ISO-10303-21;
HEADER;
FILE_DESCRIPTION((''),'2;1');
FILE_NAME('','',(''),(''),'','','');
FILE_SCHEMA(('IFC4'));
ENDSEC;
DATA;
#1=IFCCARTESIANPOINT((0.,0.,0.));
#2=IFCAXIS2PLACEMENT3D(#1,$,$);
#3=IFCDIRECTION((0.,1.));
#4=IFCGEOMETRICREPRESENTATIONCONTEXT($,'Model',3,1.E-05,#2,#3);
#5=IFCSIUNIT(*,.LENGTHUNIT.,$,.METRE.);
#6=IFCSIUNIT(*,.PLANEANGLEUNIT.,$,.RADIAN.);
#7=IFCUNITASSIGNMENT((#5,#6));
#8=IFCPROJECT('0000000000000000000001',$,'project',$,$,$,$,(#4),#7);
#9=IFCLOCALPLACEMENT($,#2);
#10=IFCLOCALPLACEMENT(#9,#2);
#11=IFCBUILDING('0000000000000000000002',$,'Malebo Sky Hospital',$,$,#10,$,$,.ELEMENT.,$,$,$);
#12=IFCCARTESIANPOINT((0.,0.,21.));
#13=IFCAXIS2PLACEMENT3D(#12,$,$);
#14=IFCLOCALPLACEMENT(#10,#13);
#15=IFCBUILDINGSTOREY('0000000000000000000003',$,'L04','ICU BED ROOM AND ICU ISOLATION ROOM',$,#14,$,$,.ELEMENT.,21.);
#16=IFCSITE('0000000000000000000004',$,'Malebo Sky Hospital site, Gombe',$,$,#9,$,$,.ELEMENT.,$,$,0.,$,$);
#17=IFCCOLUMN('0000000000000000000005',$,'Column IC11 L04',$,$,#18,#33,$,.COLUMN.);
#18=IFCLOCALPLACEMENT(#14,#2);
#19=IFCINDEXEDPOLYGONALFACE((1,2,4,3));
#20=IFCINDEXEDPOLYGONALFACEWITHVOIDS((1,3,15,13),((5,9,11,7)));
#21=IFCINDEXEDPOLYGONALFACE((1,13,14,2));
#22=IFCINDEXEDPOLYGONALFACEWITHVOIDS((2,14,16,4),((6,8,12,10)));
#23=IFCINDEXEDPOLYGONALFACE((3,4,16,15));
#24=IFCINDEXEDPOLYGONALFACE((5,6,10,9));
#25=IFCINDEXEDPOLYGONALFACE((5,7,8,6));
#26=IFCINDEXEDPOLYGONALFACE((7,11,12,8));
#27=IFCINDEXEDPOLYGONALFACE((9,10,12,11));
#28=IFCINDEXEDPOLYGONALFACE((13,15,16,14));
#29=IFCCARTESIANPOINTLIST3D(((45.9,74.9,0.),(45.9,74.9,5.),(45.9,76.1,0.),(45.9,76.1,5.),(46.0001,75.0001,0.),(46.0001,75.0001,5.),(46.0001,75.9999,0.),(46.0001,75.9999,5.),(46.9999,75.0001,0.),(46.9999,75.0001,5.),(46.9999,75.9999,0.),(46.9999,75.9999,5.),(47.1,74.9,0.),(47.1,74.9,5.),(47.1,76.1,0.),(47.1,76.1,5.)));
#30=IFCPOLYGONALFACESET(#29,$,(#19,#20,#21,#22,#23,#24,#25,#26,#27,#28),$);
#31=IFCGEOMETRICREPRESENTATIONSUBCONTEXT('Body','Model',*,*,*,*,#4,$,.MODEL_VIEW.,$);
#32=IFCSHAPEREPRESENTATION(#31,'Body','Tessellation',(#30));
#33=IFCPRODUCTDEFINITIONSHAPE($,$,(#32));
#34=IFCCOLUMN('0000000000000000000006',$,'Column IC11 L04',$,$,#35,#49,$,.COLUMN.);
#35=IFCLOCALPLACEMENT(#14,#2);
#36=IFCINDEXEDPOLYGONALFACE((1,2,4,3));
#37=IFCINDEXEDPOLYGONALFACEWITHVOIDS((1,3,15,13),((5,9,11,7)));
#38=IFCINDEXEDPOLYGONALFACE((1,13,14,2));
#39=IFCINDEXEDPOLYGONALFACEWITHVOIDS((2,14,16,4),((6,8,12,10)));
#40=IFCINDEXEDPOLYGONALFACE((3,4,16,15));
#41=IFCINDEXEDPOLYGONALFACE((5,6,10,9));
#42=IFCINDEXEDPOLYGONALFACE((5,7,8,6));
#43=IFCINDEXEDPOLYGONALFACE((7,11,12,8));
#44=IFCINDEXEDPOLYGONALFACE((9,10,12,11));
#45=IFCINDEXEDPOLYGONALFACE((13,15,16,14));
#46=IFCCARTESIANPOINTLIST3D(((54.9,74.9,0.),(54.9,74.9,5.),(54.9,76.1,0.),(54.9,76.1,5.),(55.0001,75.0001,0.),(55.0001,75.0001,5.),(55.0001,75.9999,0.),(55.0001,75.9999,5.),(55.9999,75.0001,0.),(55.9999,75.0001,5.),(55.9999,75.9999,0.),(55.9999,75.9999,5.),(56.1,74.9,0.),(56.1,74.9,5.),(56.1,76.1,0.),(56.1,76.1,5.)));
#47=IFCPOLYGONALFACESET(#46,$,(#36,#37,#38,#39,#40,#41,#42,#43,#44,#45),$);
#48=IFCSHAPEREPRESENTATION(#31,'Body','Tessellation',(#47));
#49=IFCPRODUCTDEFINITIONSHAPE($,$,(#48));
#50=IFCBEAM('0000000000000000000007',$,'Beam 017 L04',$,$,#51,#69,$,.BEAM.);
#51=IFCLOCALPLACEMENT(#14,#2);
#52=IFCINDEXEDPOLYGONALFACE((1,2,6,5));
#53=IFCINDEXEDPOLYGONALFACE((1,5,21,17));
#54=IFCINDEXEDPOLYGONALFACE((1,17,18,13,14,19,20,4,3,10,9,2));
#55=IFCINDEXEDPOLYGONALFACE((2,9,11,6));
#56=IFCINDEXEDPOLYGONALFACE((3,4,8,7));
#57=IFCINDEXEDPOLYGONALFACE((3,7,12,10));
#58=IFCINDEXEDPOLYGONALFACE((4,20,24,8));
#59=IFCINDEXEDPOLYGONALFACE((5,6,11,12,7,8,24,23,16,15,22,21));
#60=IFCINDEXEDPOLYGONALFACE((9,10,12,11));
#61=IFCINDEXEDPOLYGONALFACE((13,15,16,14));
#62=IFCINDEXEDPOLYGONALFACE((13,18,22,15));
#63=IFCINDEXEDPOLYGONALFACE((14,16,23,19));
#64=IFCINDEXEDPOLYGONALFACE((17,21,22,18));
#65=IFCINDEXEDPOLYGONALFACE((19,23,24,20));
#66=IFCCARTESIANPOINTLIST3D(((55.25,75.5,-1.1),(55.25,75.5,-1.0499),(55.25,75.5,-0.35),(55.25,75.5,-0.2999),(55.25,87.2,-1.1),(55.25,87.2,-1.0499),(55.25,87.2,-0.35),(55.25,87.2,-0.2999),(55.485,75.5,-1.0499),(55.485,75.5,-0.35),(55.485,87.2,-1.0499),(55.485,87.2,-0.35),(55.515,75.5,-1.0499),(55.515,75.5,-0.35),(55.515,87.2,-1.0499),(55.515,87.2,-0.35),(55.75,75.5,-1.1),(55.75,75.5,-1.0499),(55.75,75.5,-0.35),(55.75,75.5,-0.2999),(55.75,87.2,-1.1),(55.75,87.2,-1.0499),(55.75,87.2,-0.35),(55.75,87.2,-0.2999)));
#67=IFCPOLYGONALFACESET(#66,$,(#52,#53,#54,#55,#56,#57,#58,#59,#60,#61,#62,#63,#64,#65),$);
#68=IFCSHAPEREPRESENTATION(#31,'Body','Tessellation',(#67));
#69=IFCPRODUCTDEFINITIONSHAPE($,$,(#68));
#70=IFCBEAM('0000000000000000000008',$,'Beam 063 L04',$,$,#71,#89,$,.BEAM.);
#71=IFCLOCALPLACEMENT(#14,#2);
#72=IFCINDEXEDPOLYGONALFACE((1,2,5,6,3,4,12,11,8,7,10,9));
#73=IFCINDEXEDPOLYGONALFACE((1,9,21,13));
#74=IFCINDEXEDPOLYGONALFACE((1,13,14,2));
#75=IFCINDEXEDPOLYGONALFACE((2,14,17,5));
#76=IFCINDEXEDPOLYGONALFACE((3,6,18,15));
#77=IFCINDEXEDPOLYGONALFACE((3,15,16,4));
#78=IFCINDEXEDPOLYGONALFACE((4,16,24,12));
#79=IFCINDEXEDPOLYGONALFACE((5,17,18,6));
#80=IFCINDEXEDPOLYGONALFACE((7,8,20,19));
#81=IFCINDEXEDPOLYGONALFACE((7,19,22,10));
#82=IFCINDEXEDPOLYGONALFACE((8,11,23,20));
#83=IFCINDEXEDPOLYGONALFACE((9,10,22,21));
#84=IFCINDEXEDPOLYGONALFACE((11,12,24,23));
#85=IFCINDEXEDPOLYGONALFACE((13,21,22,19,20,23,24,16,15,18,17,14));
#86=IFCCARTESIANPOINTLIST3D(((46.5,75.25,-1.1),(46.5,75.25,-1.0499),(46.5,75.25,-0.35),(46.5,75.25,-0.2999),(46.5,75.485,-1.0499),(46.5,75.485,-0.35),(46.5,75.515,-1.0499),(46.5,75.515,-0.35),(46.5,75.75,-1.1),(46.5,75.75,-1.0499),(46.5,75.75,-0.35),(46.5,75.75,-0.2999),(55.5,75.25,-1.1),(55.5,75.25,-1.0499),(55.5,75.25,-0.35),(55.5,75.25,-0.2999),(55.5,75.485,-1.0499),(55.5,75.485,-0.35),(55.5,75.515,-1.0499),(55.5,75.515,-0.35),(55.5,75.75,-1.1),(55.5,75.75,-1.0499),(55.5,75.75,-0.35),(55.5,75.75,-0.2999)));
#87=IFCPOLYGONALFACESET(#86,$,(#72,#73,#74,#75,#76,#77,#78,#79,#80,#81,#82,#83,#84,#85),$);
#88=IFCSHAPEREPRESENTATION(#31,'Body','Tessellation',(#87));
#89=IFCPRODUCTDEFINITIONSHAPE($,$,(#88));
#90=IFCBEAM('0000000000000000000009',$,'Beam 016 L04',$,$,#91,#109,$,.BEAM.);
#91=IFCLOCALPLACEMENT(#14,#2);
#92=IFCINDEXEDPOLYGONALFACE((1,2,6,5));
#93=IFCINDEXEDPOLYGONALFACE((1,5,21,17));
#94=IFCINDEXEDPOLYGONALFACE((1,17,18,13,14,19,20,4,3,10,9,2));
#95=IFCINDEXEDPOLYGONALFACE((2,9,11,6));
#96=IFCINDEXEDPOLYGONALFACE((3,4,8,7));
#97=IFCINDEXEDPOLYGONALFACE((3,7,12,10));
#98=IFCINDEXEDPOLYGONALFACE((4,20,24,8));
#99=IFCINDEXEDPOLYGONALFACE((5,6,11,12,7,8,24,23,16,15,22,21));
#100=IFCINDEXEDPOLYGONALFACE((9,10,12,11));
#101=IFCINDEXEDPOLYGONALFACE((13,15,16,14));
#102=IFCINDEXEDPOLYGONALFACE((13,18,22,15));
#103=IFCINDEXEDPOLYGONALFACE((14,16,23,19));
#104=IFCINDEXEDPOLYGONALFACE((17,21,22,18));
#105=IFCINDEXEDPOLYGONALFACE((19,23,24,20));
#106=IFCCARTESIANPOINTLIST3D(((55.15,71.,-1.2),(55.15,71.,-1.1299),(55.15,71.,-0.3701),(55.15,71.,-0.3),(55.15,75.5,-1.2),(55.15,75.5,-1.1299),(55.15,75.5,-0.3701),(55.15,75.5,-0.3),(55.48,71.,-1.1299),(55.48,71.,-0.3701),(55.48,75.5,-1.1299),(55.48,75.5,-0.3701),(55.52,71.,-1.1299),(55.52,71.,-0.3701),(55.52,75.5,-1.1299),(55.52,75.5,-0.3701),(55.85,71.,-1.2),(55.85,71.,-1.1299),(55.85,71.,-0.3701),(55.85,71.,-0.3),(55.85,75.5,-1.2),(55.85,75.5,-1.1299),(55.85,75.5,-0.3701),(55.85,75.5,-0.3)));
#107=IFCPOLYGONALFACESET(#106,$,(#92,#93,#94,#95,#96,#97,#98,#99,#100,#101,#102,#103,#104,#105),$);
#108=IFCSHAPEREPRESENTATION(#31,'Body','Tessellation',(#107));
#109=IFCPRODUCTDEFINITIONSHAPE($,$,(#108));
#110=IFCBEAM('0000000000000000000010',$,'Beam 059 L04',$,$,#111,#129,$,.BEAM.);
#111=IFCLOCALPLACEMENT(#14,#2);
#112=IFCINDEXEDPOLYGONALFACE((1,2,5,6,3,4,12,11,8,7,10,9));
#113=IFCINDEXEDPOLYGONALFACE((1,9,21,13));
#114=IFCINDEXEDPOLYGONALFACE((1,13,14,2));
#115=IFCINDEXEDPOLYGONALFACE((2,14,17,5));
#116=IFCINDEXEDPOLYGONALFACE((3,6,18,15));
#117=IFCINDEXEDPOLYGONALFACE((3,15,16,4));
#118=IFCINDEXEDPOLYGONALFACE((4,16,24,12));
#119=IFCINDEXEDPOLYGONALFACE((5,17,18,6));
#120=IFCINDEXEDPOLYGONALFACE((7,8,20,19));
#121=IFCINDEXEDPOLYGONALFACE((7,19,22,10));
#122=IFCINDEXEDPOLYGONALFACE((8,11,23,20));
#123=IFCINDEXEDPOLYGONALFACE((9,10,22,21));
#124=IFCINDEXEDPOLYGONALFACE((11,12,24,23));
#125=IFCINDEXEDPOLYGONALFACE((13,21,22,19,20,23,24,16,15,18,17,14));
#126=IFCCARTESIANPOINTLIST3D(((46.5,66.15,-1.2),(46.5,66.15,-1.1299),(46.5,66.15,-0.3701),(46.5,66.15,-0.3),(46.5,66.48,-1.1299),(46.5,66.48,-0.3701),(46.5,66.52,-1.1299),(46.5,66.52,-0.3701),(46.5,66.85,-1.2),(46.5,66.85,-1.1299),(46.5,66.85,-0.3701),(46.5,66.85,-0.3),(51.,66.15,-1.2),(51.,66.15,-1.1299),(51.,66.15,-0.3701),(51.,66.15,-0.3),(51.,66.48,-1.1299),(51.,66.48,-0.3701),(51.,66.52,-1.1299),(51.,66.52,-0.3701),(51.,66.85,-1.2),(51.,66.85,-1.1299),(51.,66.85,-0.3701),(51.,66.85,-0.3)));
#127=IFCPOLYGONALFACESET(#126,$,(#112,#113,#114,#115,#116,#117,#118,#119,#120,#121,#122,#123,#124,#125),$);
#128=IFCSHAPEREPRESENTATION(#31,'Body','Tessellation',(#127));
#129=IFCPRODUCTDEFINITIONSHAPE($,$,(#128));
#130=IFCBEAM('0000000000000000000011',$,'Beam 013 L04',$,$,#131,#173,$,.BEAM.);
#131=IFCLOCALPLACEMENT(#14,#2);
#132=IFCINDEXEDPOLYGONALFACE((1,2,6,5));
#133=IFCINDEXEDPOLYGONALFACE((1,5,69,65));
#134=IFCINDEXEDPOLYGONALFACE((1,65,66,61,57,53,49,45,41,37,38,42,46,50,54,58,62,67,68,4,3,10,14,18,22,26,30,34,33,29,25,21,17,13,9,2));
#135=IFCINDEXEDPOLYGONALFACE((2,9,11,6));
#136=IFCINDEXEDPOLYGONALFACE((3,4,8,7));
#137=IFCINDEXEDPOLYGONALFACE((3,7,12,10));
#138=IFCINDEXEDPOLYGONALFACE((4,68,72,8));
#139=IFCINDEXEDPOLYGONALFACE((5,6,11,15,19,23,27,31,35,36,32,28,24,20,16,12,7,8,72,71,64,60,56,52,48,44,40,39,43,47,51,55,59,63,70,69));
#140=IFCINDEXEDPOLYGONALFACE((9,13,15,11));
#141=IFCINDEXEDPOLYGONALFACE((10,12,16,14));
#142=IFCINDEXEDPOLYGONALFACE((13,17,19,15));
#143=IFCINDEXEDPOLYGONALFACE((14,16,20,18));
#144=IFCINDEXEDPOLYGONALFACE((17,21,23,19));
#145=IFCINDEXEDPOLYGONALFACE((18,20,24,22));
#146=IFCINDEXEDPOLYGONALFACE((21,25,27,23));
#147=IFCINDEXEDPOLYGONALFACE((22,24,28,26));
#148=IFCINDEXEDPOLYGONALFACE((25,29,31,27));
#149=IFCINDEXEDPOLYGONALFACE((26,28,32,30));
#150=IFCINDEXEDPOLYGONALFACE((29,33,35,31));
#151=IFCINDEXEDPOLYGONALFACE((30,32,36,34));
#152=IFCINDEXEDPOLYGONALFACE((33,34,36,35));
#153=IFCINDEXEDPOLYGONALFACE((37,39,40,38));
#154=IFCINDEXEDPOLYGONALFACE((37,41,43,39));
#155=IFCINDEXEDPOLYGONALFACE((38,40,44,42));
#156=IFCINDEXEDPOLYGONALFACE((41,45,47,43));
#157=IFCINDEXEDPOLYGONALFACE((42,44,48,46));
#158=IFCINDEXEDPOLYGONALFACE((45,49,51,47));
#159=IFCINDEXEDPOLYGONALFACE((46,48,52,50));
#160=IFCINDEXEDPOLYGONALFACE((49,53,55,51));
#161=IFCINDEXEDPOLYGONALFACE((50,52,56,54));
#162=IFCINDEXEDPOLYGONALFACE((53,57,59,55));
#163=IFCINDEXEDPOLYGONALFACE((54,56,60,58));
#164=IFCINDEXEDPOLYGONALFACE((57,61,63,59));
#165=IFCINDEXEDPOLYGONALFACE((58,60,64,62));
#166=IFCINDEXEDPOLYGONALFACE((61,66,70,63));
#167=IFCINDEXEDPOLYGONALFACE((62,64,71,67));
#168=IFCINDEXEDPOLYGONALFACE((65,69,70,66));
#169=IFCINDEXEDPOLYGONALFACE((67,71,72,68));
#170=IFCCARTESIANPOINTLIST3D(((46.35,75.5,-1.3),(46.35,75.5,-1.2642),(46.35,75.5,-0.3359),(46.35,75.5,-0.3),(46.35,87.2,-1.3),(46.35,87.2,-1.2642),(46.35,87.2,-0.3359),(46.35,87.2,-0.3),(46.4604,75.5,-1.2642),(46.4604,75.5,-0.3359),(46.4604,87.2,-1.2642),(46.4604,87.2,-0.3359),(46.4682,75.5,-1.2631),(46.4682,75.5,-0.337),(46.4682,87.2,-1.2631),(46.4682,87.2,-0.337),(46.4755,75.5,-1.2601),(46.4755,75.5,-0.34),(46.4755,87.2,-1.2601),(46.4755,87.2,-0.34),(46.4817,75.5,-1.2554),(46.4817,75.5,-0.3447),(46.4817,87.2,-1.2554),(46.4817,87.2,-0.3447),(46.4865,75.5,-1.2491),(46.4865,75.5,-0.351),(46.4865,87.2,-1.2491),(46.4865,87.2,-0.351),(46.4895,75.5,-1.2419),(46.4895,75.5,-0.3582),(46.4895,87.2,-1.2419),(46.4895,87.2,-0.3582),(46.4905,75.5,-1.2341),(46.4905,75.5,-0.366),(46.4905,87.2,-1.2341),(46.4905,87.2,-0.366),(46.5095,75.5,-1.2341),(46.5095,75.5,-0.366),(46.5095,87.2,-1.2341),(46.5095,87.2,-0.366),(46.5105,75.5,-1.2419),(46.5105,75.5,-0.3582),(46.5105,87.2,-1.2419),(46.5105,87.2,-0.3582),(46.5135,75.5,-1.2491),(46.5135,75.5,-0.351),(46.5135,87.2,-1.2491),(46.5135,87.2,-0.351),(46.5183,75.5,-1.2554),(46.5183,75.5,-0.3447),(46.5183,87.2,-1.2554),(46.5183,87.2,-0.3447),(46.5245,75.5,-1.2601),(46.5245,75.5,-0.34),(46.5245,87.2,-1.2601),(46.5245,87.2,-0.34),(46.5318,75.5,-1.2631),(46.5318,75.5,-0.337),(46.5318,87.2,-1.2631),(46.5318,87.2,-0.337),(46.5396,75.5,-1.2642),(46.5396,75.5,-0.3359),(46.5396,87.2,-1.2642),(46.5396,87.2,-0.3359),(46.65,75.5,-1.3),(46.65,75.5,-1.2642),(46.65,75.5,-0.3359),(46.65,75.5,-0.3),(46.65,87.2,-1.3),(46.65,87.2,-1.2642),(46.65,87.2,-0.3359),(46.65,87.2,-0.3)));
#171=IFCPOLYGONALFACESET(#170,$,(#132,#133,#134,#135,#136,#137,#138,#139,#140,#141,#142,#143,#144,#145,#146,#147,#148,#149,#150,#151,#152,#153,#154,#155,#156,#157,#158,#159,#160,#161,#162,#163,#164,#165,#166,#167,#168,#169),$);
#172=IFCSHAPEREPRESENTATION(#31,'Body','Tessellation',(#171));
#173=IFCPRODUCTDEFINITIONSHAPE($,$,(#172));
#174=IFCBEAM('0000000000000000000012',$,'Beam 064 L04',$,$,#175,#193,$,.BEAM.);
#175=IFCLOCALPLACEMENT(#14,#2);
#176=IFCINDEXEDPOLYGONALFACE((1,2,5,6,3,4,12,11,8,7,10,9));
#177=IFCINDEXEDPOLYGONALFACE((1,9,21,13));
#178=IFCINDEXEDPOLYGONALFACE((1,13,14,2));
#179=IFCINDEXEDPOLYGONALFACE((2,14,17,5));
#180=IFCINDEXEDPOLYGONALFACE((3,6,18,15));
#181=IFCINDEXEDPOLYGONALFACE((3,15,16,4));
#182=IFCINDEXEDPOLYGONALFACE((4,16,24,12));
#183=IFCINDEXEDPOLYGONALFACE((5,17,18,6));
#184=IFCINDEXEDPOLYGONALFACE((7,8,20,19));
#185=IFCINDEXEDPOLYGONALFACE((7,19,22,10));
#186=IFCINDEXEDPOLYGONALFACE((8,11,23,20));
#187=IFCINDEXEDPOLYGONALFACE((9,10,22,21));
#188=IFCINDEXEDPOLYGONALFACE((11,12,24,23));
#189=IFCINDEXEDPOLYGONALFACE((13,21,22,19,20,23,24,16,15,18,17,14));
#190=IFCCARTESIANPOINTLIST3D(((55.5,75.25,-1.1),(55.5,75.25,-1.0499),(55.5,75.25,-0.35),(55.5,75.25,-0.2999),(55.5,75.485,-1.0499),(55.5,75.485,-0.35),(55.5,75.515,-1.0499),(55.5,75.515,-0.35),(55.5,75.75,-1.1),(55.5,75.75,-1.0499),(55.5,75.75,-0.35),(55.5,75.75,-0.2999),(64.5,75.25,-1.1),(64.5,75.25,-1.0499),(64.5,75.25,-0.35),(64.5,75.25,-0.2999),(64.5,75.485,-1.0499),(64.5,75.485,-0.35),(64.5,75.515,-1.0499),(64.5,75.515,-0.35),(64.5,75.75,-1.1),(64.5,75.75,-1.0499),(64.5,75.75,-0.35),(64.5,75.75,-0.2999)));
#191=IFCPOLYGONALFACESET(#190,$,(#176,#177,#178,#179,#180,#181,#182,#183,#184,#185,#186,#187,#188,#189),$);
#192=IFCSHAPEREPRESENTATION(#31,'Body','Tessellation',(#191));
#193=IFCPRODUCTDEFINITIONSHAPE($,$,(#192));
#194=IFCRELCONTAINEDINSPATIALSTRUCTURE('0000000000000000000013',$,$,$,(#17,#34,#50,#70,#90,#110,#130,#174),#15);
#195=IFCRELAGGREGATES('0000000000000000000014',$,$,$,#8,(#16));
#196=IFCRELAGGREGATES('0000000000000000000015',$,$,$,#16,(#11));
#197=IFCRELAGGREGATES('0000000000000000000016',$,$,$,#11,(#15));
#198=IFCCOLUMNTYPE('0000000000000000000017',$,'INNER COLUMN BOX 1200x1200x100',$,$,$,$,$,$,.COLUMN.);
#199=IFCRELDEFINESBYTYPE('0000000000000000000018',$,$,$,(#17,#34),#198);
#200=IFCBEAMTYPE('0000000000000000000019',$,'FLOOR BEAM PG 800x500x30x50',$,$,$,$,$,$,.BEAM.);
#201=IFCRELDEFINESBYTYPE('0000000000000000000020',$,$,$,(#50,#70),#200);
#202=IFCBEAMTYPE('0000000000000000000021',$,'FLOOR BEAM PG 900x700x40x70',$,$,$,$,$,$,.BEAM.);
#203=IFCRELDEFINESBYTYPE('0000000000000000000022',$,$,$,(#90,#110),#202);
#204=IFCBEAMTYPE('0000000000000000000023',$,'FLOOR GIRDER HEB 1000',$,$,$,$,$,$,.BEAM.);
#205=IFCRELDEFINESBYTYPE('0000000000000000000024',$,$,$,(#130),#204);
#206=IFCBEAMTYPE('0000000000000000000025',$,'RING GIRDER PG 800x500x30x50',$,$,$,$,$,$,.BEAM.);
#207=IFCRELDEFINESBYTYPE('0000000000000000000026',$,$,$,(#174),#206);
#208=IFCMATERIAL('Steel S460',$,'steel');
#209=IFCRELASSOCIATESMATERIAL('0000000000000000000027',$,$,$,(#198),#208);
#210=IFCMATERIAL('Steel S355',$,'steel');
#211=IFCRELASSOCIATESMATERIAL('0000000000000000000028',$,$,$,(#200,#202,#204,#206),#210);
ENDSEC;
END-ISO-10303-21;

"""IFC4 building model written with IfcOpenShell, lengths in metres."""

from ifc_helpers import new_model, si_unit, direction, frame, origin, origin_2d, place, context, subcontext, project, spatial, hollow_rectangle, i_section, extrude, material, material_profile, profile_set, type_object, element, save


model = new_model("IFC4")

# Units and contexts
model_context = context("Model", 3, precision=1e-05, world=origin(), true_north=direction((0.0, 1.0)))
body_context = subcontext(model_context, "Body", "Model", "MODEL_VIEW")
ifc_project = project(units=[si_unit("LENGTHUNIT", "METRE"), si_unit("PLANEANGLEUNIT", "RADIAN")], contexts=[model_context])

# Site, building, storey
site_placement = place(None, origin())
site = spatial("IfcSite", under=ifc_project, at=site_placement, Name="Malebo Sky Hospital site, Gombe", CompositionType="ELEMENT", RefElevation=0.0)
building_placement = place(site_placement, origin())
building = spatial("IfcBuilding", under=site, at=building_placement, Name="Malebo Sky Hospital", CompositionType="ELEMENT")
storey_placement = place(building_placement, frame((0.0, 0.0, 21.0)))
storey = spatial("IfcBuildingStorey", under=building, at=storey_placement, Name="L04", Description="ICU BED ROOM AND ICU ISOLATION ROOM", CompositionType="ELEMENT", Elevation=21.0)

# Columns
ifc_material_1 = material(Name="Steel S460", Category="steel")
ifc_material_profile_1 = material_profile(ifc_material_1, hollow_rectangle(XDim=1.2, YDim=1.2, WallThickness=0.1001, at=origin_2d()), Name="BOX 1200x1200x100")
ifc_profile_set_1 = profile_set([ifc_material_profile_1], Name="Steel S460")
column_type = type_object("IfcColumnType", Name="INNER COLUMN BOX 1200x1200x100", PredefinedType="COLUMN", material=ifc_profile_set_1)
for number, where, z_axis, x_axis, name in (
    (1, (46.5, 75.5, 0.0), (0.0, 0.0, 1.0), (1.0, 0.0, 0.0), "Column IC11 L04"),
    (2, (55.5, 75.5, 0.0), (0.0, 0.0, 1.0), (1.0, 0.0, 0.0), "Column IC11 L04"),
):
    element("IfcColumn", number, at=place(storey_placement, frame(where, z_axis=z_axis, x_axis=x_axis)), inside=storey, type_object=column_type, Name=name, PredefinedType="COLUMN", context=body_context, shape_type="SweptSolid", body=[
        extrude(hollow_rectangle(XDim=1.2, YDim=1.2, WallThickness=0.1001, at=origin_2d()), origin(), (0.0, 0.0, 1.0), 5.0),
    ])

# Beams
ifc_material_2 = material(Name="Steel S355", Category="steel")
ifc_material_profile_2 = material_profile(ifc_material_2, i_section(OverallWidth=0.5, OverallDepth=0.8, WebThickness=0.03, FlangeThickness=0.05, at=origin_2d()), Name="PG 800x500x30x50")
ifc_profile_set_2 = profile_set([ifc_material_profile_2], Name="Steel S355")
beam_type_1 = type_object("IfcBeamType", Name="FLOOR BEAM PG 800x500x30x50", PredefinedType="BEAM", material=ifc_profile_set_2)
beam_1_placement = place(storey_placement, frame((55.5, 75.5, -0.7), z_axis=(0.0, 1.0, 0.0), x_axis=(-1.0, 0.0, 0.0)))
element("IfcBeam", 3, at=beam_1_placement, inside=storey, type_object=beam_type_1, Name="Beam 017 L04", PredefinedType="BEAM", context=body_context, shape_type="SweptSolid", body=[
    extrude(i_section(OverallWidth=0.5, OverallDepth=0.8, WebThickness=0.03, FlangeThickness=0.05, at=origin_2d()), origin(), (0.0, 0.0, 1.0), 11.7),
])
beam_2_placement = place(storey_placement, frame((46.5, 75.5, -0.7), z_axis=(1.0, 0.0, 0.0), x_axis=(0.0, 1.0, 0.0)))
element("IfcBeam", 4, at=beam_2_placement, inside=storey, type_object=beam_type_1, Name="Beam 063 L04", PredefinedType="BEAM", context=body_context, shape_type="SweptSolid", body=[
    extrude(i_section(OverallWidth=0.5, OverallDepth=0.8, WebThickness=0.03, FlangeThickness=0.05, at=origin_2d()), origin(), (0.0, 0.0, 1.0), 9.0),
])
ifc_material_profile_3 = material_profile(ifc_material_2, i_section(OverallWidth=0.7, OverallDepth=0.8999, WebThickness=0.04, FlangeThickness=0.0701, at=origin_2d()), Name="PG 900x700x40x70")
ifc_profile_set_3 = profile_set([ifc_material_profile_3], Name="Steel S355")
beam_type_2 = type_object("IfcBeamType", Name="FLOOR BEAM PG 900x700x40x70", PredefinedType="BEAM", material=ifc_profile_set_3)
for number, where, z_axis, x_axis, name in (
    (5, (55.5, 71.0, -0.75), (0.0, 1.0, 0.0), (-1.0, 0.0, 0.0), "Beam 016 L04"),
    (6, (46.5, 66.5, -0.75), (1.0, 0.0, 0.0), (0.0, 1.0, 0.0), "Beam 059 L04"),
):
    element("IfcBeam", number, at=place(storey_placement, frame(where, z_axis=z_axis, x_axis=x_axis)), inside=storey, type_object=beam_type_2, Name=name, PredefinedType="BEAM", context=body_context, shape_type="SweptSolid", body=[
        extrude(i_section(OverallWidth=0.7, OverallDepth=0.8999, WebThickness=0.04, FlangeThickness=0.0701, at=origin_2d()), origin(), (0.0, 0.0, 1.0), 4.5),
    ])
ifc_material_profile_4 = material_profile(ifc_material_2, i_section(OverallWidth=0.3, OverallDepth=1.0, WebThickness=0.019, FlangeThickness=0.0359, FilletRadius=0.03, at=origin_2d()), Name="HEB 1000")
ifc_profile_set_4 = profile_set([ifc_material_profile_4], Name="Steel S355")
beam_type_3 = type_object("IfcBeamType", Name="FLOOR GIRDER HEB 1000", PredefinedType="BEAM", material=ifc_profile_set_4)
beam_3_placement = place(storey_placement, frame((46.5, 75.5, -0.8), z_axis=(0.0, 1.0, 0.0), x_axis=(-1.0, 0.0, 0.0)))
element("IfcBeam", 7, at=beam_3_placement, inside=storey, type_object=beam_type_3, Name="Beam 013 L04", PredefinedType="BEAM", context=body_context, shape_type="SweptSolid", body=[
    extrude(i_section(OverallWidth=0.3, OverallDepth=1.0, WebThickness=0.019, FlangeThickness=0.0359, FilletRadius=0.03, at=origin_2d()), origin(), (0.0, 0.0, 1.0), 11.7),
])
ifc_material_profile_5 = material_profile(ifc_material_2, i_section(OverallWidth=0.5, OverallDepth=0.8, WebThickness=0.03, FlangeThickness=0.05, at=origin_2d()), Name="PG 800x500x30x50")
ifc_profile_set_5 = profile_set([ifc_material_profile_5], Name="Steel S355")
beam_type_4 = type_object("IfcBeamType", Name="RING GIRDER PG 800x500x30x50", PredefinedType="BEAM", material=ifc_profile_set_5)
beam_4_placement = place(storey_placement, frame((55.5, 75.5, -0.7), z_axis=(1.0, 0.0, 0.0), x_axis=(0.0, 1.0, 0.0)))
element("IfcBeam", 8, at=beam_4_placement, inside=storey, type_object=beam_type_4, Name="Beam 064 L04", PredefinedType="BEAM", context=body_context, shape_type="SweptSolid", body=[
    extrude(i_section(OverallWidth=0.5, OverallDepth=0.8, WebThickness=0.03, FlangeThickness=0.05, at=origin_2d()), origin(), (0.0, 0.0, 1.0), 9.0),
])

save(model, "model.ifc")
